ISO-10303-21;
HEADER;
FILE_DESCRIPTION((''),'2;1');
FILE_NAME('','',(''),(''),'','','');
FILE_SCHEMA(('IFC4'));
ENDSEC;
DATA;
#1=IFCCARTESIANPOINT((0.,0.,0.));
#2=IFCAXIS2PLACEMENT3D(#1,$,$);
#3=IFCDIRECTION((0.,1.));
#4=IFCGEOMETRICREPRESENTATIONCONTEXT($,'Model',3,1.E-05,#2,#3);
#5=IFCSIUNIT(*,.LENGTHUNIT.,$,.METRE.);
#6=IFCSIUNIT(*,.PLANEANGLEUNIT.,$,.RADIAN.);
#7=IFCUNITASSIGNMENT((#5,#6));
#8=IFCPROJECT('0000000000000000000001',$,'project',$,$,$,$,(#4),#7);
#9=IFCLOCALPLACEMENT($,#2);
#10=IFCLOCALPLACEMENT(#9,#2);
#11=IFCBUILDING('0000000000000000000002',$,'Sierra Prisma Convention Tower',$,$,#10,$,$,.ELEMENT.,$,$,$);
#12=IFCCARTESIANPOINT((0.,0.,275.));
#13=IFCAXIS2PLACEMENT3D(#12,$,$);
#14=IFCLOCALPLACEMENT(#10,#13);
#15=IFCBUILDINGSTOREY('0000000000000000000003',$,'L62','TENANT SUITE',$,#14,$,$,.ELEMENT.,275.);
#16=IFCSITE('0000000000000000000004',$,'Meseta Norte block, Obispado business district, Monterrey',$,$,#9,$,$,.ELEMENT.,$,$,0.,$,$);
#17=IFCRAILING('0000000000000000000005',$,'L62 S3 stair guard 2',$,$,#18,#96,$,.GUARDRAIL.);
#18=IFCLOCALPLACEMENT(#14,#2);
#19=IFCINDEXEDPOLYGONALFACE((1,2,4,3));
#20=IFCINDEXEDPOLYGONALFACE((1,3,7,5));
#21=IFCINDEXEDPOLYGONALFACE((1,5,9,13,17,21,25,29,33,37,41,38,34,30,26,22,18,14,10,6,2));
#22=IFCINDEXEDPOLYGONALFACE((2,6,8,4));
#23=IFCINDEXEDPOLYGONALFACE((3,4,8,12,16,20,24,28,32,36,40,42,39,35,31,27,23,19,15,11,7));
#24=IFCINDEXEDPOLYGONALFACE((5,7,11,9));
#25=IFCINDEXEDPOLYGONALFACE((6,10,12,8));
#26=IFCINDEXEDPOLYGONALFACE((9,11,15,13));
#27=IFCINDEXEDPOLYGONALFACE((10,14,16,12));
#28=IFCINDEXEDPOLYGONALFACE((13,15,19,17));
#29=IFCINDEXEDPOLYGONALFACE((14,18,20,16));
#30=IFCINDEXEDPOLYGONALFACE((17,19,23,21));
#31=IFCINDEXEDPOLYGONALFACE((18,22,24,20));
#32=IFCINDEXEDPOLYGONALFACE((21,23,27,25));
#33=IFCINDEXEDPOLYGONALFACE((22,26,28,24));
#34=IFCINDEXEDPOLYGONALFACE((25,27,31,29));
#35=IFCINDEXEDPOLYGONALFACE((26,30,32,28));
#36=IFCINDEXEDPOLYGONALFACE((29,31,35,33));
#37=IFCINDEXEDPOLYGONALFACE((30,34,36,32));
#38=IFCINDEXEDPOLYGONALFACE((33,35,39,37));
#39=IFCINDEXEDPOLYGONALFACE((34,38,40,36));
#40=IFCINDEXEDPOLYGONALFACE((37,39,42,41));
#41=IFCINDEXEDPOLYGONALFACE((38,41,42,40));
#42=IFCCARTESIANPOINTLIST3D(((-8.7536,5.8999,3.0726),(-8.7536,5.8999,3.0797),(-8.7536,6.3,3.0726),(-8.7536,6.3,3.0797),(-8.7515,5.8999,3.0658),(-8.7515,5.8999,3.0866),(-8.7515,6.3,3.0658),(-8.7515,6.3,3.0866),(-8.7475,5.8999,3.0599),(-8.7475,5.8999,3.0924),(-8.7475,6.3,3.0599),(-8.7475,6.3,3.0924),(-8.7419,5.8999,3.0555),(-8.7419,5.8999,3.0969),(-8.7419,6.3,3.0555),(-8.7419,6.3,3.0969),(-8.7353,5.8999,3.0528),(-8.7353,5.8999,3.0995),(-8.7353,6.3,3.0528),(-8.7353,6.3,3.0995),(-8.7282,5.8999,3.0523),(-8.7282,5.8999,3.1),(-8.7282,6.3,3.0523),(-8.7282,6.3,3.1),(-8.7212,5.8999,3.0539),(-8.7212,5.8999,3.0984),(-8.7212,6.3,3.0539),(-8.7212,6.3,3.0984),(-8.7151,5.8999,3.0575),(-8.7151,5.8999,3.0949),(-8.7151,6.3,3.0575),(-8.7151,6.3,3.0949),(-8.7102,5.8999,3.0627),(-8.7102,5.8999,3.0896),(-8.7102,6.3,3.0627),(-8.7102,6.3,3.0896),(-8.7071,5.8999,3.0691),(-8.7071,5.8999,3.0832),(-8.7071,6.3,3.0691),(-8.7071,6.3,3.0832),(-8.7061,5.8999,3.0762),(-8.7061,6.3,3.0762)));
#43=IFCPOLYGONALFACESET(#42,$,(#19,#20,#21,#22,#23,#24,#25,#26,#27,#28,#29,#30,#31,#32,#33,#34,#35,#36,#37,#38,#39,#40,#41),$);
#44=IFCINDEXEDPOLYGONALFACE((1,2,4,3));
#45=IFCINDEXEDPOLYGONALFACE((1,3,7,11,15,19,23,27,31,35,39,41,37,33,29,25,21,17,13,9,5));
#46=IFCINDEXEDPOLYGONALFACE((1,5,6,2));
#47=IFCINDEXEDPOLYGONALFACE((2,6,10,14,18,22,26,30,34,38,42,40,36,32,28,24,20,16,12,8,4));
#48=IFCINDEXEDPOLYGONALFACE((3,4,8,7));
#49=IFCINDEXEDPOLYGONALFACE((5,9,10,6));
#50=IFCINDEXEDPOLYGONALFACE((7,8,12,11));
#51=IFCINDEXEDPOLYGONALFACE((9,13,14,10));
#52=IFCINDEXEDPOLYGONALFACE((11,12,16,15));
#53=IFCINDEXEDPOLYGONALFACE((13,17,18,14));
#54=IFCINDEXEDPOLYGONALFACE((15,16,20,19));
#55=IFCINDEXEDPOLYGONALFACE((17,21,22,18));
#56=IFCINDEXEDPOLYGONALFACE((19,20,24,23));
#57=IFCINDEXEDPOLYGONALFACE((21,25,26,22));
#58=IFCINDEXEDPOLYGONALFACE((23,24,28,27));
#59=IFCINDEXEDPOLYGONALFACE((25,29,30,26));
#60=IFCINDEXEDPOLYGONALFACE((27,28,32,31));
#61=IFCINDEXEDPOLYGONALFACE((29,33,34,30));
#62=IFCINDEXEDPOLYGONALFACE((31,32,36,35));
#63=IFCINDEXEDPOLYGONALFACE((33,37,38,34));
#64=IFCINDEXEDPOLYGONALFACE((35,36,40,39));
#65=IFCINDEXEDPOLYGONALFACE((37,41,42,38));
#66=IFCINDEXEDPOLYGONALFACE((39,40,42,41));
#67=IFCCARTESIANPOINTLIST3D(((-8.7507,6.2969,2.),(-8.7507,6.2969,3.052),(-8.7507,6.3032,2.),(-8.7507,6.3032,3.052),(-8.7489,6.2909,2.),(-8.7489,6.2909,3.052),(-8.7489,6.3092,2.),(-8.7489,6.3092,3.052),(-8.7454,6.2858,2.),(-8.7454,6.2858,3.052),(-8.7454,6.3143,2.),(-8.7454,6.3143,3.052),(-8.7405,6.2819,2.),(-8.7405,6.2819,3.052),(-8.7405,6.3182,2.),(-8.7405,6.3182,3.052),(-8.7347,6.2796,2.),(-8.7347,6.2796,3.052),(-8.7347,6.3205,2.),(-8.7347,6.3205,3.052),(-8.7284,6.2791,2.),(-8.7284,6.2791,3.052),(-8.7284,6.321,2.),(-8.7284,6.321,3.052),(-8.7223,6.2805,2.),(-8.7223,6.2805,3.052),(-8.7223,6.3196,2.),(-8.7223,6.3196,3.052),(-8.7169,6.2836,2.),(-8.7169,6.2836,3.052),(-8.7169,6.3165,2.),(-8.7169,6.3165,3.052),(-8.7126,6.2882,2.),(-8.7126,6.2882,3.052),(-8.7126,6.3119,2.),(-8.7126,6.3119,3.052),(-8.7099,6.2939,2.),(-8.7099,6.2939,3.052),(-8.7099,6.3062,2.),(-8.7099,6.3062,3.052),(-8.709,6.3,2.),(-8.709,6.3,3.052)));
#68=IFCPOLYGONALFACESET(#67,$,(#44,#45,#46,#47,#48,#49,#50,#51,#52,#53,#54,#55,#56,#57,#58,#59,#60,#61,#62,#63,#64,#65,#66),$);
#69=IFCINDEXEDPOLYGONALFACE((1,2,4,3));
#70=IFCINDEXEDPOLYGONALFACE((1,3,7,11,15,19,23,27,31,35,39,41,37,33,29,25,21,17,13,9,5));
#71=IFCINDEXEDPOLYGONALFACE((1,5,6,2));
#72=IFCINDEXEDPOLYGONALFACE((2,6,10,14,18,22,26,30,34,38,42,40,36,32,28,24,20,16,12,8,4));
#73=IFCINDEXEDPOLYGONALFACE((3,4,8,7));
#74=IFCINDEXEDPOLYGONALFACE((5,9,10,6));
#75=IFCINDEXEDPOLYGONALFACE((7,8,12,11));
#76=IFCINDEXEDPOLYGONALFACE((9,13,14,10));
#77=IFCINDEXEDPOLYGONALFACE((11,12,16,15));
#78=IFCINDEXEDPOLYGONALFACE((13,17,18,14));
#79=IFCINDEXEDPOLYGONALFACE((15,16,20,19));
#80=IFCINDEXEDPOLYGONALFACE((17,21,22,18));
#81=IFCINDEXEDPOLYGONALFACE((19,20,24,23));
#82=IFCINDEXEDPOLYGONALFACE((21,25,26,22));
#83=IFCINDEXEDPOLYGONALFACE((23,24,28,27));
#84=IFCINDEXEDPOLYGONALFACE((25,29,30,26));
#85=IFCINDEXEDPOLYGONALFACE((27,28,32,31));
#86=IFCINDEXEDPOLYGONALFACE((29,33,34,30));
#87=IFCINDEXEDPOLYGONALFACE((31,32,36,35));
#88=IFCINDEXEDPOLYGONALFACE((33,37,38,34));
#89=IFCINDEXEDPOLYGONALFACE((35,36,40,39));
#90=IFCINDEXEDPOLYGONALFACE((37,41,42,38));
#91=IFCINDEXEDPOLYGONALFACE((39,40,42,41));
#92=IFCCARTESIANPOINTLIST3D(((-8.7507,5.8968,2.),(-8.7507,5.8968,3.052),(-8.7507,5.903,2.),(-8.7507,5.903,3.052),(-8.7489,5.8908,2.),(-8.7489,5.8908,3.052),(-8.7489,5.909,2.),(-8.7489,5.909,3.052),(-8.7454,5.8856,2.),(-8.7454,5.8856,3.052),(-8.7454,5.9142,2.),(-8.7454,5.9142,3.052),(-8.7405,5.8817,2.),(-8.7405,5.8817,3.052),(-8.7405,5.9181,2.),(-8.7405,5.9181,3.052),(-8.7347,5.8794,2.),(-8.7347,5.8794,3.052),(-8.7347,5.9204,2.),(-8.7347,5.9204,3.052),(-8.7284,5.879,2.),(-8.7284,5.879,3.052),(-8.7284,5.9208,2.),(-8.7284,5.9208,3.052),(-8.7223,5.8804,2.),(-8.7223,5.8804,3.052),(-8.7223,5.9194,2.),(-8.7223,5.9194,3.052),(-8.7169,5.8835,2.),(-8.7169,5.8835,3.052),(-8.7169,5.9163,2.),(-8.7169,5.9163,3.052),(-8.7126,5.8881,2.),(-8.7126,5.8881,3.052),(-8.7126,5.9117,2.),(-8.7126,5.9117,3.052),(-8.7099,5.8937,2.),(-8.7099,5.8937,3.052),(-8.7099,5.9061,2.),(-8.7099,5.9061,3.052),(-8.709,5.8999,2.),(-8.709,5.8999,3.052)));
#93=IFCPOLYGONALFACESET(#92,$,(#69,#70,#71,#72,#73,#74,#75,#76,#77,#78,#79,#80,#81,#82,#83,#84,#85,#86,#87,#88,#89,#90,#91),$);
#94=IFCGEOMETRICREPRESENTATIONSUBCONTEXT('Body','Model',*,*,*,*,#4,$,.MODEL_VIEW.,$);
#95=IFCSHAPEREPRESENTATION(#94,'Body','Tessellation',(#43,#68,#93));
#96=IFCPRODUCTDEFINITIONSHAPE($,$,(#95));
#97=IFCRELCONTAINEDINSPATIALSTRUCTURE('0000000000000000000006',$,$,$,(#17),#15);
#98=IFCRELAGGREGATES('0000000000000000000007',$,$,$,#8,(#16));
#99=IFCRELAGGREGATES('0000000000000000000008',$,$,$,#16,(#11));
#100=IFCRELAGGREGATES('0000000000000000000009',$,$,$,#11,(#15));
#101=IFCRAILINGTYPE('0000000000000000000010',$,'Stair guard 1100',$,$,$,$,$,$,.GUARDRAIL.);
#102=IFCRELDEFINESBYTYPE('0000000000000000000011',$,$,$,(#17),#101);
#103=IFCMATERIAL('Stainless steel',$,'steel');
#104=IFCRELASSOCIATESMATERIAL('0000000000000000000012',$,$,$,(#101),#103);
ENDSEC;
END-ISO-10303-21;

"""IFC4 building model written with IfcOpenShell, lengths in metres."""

from ifc_helpers import new_model, si_unit, direction, frame, origin, origin_2d, place, context, subcontext, project, spatial, circle, extrude, material, type_object, element, save


model = new_model("IFC4")

# Units and contexts
model_context = context("Model", 3, precision=1e-05, world=origin(), true_north=direction((0.0, 1.0)))
body_context = subcontext(model_context, "Body", "Model", "MODEL_VIEW")
ifc_project = project(units=[si_unit("LENGTHUNIT", "METRE"), si_unit("PLANEANGLEUNIT", "RADIAN")], contexts=[model_context])

# Site, building, storey
site_placement = place(None, origin())
site = spatial("IfcSite", under=ifc_project, at=site_placement, Name="Meseta Norte block, Obispado business district, Monterrey", CompositionType="ELEMENT", RefElevation=0.0)
building_placement = place(site_placement, origin())
building = spatial("IfcBuilding", under=site, at=building_placement, Name="Sierra Prisma Convention Tower", CompositionType="ELEMENT")
storey_placement = place(building_placement, frame((0.0, 0.0, 275.0)))
storey = spatial("IfcBuildingStorey", under=building, at=storey_placement, Name="L62", Description="TENANT SUITE", CompositionType="ELEMENT", Elevation=275.0)

# Railing
ifc_material_1 = material(Name="Stainless steel", Category="steel")
railing_type_1 = type_object("IfcRailingType", Name="Stair guard 1100", PredefinedType="GUARDRAIL", material=ifc_material_1)
railing_1_placement = place(storey_placement, frame((-8.73, 6.3, 2.0)))
element("IfcRailing", 1, at=railing_1_placement, inside=storey, type_object=railing_type_1, Name="L62 S3 stair guard 2", PredefinedType="GUARDRAIL", context=body_context, shape_type="SweptSolid", body=[
    extrude(circle(Radius=0.0239, at=origin_2d()), frame((0.0, 0.0, 1.0762), z_axis=(0.0, -1.0, 0.0), x_axis=(1.0, 0.0, 0.0)), (0.0, 0.0, 1.0), 0.4001),
    extrude(circle(Radius=0.021, at=origin_2d()), origin(), (0.0, 0.0, 1.0), 1.052),
    extrude(circle(Radius=0.021, at=origin_2d()), frame((0.0, -0.4001, 0.0)), (0.0, 0.0, 1.0), 1.052),
])

save(model, "model.ifc")
